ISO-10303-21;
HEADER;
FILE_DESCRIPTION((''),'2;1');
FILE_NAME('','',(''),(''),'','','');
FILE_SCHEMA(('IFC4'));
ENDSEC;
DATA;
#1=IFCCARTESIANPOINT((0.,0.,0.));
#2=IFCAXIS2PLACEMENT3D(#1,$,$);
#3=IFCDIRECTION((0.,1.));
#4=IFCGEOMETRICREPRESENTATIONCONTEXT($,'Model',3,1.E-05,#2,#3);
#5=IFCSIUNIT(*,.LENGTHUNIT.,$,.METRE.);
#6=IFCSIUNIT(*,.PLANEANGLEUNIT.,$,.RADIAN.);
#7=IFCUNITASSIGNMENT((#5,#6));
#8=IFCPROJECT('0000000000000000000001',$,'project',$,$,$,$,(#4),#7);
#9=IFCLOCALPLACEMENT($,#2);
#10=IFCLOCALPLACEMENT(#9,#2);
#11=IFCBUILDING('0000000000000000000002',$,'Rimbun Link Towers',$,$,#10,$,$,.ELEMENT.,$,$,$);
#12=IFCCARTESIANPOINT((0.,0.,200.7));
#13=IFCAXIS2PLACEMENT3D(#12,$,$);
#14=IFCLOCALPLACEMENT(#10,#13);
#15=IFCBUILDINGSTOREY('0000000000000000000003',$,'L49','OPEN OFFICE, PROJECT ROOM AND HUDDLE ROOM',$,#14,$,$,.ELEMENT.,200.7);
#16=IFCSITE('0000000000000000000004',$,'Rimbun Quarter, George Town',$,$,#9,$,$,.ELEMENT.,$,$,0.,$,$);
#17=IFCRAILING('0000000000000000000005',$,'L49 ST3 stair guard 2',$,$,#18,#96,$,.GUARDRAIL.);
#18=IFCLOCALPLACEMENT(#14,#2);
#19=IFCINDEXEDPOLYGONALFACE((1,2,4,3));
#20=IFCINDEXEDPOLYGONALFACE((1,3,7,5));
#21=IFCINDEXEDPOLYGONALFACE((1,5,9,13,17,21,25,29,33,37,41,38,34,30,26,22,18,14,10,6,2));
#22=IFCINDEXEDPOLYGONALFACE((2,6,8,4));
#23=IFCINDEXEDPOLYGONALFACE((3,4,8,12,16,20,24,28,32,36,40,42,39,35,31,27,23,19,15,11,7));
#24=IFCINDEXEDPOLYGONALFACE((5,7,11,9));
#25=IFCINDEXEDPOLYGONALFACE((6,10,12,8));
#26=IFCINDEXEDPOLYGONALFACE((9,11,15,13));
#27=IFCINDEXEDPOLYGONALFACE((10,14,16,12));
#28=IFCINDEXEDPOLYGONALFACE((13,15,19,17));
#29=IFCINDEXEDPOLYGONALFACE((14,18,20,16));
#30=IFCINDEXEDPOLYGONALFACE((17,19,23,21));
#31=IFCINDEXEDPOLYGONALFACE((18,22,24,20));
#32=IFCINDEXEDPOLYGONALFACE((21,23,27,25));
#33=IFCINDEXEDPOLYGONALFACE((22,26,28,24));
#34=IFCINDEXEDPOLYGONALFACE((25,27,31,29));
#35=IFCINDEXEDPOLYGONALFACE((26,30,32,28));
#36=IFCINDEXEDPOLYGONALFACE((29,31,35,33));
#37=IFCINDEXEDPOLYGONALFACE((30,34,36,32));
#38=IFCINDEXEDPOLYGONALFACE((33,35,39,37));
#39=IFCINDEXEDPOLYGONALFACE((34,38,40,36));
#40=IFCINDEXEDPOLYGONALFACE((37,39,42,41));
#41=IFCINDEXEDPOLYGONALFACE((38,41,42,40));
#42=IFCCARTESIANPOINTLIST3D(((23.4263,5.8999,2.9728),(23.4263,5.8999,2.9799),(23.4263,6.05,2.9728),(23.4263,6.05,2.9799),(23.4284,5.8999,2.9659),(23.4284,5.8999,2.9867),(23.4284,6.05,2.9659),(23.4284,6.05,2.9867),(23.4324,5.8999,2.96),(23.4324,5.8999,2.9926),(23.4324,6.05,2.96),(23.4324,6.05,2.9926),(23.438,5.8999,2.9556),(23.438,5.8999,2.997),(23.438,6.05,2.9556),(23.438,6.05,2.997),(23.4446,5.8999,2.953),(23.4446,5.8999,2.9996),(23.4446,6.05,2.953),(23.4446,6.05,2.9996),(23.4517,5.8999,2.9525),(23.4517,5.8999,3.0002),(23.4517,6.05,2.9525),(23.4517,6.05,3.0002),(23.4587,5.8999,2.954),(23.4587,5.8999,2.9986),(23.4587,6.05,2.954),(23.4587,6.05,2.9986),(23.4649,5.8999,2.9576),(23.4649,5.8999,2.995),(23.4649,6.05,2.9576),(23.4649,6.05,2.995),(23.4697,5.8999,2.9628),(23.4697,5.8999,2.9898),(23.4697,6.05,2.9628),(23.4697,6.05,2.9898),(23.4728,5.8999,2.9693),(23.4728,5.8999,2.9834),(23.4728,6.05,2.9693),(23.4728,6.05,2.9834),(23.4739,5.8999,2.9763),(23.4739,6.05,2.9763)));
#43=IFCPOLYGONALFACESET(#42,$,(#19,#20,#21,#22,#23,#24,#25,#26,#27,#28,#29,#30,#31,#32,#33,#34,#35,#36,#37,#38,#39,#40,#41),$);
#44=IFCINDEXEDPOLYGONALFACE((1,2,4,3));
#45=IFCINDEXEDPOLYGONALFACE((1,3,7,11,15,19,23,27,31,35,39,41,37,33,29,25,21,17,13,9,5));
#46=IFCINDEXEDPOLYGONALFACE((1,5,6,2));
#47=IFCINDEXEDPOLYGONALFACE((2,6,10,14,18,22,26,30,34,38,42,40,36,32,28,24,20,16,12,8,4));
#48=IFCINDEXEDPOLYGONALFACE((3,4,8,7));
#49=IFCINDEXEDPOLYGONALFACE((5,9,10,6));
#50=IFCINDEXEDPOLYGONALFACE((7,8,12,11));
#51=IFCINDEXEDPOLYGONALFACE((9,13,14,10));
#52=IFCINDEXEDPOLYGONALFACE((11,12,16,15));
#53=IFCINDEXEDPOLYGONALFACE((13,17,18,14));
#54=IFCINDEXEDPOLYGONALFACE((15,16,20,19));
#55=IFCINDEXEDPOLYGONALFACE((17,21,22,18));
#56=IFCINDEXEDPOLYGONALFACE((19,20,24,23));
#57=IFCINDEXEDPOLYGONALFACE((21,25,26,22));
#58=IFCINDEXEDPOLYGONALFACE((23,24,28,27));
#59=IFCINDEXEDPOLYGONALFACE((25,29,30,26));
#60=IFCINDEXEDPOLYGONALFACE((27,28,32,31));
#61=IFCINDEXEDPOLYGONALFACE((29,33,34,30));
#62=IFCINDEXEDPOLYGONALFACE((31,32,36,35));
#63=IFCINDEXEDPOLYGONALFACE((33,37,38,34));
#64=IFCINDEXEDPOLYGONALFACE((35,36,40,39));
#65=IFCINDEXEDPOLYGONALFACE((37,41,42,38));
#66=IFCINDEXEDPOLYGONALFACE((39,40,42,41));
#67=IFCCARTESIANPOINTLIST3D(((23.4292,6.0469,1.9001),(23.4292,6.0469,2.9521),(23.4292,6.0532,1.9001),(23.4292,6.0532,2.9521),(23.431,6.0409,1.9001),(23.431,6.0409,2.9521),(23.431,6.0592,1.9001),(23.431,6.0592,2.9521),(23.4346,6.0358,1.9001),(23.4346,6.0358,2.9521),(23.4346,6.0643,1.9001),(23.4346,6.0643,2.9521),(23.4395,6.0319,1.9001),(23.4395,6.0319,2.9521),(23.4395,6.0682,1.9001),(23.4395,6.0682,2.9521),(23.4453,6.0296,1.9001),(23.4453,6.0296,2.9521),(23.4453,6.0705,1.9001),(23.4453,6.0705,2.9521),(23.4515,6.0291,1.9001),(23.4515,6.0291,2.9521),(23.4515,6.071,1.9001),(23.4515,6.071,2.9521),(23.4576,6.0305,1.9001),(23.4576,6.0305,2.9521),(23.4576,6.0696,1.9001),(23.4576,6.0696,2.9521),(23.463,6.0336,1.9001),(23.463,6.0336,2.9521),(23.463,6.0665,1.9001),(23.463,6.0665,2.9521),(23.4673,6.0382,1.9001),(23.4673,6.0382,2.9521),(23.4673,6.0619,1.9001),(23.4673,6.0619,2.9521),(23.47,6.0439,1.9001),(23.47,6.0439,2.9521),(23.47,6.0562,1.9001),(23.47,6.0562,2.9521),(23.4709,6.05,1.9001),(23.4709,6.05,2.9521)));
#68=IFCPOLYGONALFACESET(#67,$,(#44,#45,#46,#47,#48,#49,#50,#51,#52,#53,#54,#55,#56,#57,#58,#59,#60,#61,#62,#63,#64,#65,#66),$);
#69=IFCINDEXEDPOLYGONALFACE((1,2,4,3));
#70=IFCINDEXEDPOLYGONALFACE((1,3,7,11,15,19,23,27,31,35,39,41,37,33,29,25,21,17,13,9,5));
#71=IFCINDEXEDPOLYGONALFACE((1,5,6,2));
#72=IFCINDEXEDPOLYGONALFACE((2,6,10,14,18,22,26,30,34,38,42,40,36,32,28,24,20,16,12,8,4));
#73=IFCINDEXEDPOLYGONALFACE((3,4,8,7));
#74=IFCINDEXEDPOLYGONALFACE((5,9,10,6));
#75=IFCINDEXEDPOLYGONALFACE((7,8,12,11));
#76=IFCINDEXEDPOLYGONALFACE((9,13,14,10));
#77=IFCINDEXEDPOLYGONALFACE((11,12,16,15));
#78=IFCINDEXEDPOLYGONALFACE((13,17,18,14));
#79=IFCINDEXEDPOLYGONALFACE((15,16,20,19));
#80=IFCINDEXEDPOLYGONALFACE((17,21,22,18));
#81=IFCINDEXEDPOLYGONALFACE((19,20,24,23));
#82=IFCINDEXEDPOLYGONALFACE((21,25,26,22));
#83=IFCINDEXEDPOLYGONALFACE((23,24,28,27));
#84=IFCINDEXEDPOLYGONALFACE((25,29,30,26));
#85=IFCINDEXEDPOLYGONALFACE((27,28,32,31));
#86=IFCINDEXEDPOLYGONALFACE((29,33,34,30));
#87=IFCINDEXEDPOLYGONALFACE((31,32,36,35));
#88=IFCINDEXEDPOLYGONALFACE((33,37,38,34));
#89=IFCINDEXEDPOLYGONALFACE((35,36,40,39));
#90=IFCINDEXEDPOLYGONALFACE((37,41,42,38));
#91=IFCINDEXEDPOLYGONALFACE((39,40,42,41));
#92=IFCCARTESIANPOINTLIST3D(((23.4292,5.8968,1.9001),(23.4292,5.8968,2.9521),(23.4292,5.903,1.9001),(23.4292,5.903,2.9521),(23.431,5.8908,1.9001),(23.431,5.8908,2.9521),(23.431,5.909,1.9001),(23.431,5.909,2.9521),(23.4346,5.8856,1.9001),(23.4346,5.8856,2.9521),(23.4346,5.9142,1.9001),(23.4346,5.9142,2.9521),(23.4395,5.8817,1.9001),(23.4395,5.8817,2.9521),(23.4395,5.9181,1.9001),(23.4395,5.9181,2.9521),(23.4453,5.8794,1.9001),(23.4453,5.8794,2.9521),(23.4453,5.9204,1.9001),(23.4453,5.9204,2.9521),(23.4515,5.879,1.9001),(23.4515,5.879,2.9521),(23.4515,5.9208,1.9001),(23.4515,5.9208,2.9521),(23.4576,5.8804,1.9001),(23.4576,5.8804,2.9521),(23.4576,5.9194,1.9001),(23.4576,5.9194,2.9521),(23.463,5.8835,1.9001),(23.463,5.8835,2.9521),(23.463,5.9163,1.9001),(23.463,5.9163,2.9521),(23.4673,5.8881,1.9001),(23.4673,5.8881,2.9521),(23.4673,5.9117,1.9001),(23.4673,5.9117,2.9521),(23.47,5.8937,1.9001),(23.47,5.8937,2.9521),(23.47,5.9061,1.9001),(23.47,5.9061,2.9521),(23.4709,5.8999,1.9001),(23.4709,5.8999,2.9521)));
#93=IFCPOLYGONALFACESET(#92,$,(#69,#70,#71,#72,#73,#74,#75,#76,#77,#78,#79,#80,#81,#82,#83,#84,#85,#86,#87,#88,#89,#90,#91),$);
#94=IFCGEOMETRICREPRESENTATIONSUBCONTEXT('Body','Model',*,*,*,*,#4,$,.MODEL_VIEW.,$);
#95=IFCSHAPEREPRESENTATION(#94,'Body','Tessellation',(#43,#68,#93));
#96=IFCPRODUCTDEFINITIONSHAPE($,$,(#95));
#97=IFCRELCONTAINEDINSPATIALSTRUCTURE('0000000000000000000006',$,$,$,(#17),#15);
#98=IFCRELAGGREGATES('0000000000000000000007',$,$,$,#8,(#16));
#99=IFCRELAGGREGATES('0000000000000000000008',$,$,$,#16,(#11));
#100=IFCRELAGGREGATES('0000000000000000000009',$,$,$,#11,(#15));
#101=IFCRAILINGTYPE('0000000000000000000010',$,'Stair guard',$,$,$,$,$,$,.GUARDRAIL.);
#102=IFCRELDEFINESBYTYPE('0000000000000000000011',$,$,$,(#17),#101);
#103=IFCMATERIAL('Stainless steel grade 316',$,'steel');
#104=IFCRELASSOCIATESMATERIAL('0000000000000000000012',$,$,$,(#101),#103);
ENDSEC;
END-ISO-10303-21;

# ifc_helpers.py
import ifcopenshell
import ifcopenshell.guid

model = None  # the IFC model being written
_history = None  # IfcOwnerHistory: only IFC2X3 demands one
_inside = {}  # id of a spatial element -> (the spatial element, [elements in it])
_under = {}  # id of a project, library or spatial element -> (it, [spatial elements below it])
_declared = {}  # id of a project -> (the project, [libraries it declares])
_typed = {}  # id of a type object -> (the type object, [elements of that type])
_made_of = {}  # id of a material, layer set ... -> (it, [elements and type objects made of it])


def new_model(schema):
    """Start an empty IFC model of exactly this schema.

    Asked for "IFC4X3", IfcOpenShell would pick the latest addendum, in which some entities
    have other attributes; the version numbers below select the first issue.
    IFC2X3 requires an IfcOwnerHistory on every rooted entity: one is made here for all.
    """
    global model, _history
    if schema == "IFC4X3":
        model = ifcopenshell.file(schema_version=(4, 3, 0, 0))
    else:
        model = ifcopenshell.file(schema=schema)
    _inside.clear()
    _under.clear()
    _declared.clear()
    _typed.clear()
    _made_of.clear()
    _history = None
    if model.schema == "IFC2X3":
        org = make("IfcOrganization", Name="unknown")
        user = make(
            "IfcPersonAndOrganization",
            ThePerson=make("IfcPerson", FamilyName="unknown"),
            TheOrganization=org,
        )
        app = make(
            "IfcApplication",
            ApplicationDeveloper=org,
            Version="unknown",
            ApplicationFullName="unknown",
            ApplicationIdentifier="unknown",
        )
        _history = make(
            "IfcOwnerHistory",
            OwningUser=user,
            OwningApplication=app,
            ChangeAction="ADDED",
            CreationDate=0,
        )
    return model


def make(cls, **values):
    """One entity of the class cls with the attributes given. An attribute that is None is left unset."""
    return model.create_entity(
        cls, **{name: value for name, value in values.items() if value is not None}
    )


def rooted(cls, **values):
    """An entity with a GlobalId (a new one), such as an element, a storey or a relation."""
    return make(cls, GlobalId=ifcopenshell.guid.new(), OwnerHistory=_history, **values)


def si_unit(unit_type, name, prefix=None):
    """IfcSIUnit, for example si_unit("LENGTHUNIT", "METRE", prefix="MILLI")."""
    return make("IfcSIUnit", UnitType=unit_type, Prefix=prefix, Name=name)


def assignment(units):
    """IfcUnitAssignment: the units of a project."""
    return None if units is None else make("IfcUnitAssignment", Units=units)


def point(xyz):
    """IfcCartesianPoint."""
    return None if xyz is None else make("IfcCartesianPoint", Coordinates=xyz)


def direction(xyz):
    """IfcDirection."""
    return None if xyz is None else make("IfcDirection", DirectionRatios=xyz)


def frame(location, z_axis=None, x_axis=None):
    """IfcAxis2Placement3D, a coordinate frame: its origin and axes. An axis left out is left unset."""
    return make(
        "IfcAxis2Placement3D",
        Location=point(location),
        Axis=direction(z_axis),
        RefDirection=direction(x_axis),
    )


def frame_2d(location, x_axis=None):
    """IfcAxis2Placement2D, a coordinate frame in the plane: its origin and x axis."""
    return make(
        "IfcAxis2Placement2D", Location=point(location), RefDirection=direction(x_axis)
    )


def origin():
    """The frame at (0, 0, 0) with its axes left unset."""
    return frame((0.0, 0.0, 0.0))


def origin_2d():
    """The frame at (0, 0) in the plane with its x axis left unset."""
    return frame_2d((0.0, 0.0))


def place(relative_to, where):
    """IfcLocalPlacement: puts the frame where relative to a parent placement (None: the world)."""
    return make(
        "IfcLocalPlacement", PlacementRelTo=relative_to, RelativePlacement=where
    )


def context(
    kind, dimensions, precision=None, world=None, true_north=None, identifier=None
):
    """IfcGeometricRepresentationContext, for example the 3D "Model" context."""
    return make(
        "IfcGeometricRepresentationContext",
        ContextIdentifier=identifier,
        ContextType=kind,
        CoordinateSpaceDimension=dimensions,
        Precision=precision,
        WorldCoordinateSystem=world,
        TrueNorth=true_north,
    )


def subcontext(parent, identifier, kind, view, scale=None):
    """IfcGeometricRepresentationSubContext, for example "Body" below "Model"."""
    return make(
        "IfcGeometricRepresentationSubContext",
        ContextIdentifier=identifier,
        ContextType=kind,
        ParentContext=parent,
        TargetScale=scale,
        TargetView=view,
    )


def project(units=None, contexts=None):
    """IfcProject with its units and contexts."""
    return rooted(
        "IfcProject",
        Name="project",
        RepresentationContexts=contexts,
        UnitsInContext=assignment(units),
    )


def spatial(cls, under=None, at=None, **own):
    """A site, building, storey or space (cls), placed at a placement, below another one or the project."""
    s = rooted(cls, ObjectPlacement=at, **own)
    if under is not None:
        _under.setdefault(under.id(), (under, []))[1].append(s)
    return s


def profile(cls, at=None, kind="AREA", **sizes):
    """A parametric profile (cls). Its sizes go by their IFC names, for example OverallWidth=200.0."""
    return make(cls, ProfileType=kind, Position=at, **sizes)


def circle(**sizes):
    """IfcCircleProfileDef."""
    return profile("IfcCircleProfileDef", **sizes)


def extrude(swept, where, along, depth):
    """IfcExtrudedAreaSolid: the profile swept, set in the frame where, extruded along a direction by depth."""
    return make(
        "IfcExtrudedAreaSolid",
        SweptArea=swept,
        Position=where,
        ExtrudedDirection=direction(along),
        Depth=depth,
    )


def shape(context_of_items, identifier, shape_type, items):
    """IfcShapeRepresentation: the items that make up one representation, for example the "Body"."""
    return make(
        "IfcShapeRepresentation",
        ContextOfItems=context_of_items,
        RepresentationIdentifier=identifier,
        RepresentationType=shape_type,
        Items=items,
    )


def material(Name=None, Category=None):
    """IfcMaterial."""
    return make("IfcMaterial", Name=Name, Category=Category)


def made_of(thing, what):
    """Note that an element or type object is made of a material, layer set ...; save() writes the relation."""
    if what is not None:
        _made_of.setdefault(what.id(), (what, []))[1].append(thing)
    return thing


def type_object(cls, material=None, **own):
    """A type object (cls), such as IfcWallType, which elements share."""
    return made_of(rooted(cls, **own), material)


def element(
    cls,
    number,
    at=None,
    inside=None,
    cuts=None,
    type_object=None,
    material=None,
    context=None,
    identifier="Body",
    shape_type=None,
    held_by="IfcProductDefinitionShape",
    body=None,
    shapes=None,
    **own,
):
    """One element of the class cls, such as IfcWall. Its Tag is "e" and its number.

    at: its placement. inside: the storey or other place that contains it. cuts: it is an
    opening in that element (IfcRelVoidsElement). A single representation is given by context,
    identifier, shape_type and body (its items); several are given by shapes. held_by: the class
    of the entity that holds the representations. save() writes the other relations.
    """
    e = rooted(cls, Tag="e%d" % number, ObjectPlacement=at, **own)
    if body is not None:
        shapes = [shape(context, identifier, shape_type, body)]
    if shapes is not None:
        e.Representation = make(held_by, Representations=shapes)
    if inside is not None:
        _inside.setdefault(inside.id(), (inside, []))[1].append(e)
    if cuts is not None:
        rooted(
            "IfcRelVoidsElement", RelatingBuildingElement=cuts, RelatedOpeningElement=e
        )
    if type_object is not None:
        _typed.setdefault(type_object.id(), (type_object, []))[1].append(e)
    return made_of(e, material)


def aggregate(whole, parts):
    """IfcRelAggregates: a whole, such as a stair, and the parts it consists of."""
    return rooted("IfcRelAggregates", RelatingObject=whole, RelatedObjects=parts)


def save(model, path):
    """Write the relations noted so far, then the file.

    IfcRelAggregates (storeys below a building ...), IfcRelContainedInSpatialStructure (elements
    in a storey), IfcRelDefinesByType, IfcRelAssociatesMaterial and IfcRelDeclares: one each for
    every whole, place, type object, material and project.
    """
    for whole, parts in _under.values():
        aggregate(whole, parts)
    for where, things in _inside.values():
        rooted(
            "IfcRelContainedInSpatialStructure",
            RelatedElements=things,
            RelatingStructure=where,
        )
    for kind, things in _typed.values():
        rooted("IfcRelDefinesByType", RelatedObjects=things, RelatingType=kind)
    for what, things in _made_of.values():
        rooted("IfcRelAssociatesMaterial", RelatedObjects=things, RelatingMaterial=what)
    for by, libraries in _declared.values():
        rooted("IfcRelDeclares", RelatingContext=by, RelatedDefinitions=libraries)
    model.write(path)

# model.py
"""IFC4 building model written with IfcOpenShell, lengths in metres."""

from ifc_helpers import new_model, si_unit, direction, frame, origin, origin_2d, place, context, subcontext, project, spatial, circle, extrude, material, type_object, element, save


model = new_model("IFC4")

# Units and contexts
model_context = context("Model", 3, precision=1e-05, world=origin(), true_north=direction((0.0, 1.0)))
body_context = subcontext(model_context, "Body", "Model", "MODEL_VIEW")
ifc_project = project(units=[si_unit("LENGTHUNIT", "METRE"), si_unit("PLANEANGLEUNIT", "RADIAN")], contexts=[model_context])

# Site, building, storey
site_placement = place(None, origin())
site = spatial("IfcSite", under=ifc_project, at=site_placement, Name="Rimbun Quarter, George Town", CompositionType="ELEMENT", RefElevation=0.0)
building_placement = place(site_placement, origin())
building = spatial("IfcBuilding", under=site, at=building_placement, Name="Rimbun Link Towers", CompositionType="ELEMENT")
storey_placement = place(building_placement, frame((0.0, 0.0, 200.7)))
storey = spatial("IfcBuildingStorey", under=building, at=storey_placement, Name="L49", Description="OPEN OFFICE, PROJECT ROOM AND HUDDLE ROOM", CompositionType="ELEMENT", Elevation=200.7)

# Railing
ifc_material_1 = material(Name="Stainless steel grade 316", Category="steel")
railing_type_1 = type_object("IfcRailingType", Name="Stair guard", PredefinedType="GUARDRAIL", material=ifc_material_1)
railing_1_placement = place(storey_placement, frame((23.45, 6.05, 1.9001)))
element("IfcRailing", 1, at=railing_1_placement, inside=storey, type_object=railing_type_1, Name="L49 ST3 stair guard 2", PredefinedType="GUARDRAIL", context=body_context, shape_type="SweptSolid", body=[
    extrude(circle(Radius=0.0239, at=origin_2d()), frame((0.0, 0.0, 1.0762), z_axis=(0.0, -1.0, 0.0), x_axis=(1.0, 0.0, 0.0)), (0.0, 0.0, 1.0), 0.1501),
    extrude(circle(Radius=0.021, at=origin_2d()), origin(), (0.0, 0.0, 1.0), 1.052),
    extrude(circle(Radius=0.021, at=origin_2d()), frame((0.0, -0.1501, 0.0)), (0.0, 0.0, 1.0), 1.052),
])

save(model, "model.ifc")
